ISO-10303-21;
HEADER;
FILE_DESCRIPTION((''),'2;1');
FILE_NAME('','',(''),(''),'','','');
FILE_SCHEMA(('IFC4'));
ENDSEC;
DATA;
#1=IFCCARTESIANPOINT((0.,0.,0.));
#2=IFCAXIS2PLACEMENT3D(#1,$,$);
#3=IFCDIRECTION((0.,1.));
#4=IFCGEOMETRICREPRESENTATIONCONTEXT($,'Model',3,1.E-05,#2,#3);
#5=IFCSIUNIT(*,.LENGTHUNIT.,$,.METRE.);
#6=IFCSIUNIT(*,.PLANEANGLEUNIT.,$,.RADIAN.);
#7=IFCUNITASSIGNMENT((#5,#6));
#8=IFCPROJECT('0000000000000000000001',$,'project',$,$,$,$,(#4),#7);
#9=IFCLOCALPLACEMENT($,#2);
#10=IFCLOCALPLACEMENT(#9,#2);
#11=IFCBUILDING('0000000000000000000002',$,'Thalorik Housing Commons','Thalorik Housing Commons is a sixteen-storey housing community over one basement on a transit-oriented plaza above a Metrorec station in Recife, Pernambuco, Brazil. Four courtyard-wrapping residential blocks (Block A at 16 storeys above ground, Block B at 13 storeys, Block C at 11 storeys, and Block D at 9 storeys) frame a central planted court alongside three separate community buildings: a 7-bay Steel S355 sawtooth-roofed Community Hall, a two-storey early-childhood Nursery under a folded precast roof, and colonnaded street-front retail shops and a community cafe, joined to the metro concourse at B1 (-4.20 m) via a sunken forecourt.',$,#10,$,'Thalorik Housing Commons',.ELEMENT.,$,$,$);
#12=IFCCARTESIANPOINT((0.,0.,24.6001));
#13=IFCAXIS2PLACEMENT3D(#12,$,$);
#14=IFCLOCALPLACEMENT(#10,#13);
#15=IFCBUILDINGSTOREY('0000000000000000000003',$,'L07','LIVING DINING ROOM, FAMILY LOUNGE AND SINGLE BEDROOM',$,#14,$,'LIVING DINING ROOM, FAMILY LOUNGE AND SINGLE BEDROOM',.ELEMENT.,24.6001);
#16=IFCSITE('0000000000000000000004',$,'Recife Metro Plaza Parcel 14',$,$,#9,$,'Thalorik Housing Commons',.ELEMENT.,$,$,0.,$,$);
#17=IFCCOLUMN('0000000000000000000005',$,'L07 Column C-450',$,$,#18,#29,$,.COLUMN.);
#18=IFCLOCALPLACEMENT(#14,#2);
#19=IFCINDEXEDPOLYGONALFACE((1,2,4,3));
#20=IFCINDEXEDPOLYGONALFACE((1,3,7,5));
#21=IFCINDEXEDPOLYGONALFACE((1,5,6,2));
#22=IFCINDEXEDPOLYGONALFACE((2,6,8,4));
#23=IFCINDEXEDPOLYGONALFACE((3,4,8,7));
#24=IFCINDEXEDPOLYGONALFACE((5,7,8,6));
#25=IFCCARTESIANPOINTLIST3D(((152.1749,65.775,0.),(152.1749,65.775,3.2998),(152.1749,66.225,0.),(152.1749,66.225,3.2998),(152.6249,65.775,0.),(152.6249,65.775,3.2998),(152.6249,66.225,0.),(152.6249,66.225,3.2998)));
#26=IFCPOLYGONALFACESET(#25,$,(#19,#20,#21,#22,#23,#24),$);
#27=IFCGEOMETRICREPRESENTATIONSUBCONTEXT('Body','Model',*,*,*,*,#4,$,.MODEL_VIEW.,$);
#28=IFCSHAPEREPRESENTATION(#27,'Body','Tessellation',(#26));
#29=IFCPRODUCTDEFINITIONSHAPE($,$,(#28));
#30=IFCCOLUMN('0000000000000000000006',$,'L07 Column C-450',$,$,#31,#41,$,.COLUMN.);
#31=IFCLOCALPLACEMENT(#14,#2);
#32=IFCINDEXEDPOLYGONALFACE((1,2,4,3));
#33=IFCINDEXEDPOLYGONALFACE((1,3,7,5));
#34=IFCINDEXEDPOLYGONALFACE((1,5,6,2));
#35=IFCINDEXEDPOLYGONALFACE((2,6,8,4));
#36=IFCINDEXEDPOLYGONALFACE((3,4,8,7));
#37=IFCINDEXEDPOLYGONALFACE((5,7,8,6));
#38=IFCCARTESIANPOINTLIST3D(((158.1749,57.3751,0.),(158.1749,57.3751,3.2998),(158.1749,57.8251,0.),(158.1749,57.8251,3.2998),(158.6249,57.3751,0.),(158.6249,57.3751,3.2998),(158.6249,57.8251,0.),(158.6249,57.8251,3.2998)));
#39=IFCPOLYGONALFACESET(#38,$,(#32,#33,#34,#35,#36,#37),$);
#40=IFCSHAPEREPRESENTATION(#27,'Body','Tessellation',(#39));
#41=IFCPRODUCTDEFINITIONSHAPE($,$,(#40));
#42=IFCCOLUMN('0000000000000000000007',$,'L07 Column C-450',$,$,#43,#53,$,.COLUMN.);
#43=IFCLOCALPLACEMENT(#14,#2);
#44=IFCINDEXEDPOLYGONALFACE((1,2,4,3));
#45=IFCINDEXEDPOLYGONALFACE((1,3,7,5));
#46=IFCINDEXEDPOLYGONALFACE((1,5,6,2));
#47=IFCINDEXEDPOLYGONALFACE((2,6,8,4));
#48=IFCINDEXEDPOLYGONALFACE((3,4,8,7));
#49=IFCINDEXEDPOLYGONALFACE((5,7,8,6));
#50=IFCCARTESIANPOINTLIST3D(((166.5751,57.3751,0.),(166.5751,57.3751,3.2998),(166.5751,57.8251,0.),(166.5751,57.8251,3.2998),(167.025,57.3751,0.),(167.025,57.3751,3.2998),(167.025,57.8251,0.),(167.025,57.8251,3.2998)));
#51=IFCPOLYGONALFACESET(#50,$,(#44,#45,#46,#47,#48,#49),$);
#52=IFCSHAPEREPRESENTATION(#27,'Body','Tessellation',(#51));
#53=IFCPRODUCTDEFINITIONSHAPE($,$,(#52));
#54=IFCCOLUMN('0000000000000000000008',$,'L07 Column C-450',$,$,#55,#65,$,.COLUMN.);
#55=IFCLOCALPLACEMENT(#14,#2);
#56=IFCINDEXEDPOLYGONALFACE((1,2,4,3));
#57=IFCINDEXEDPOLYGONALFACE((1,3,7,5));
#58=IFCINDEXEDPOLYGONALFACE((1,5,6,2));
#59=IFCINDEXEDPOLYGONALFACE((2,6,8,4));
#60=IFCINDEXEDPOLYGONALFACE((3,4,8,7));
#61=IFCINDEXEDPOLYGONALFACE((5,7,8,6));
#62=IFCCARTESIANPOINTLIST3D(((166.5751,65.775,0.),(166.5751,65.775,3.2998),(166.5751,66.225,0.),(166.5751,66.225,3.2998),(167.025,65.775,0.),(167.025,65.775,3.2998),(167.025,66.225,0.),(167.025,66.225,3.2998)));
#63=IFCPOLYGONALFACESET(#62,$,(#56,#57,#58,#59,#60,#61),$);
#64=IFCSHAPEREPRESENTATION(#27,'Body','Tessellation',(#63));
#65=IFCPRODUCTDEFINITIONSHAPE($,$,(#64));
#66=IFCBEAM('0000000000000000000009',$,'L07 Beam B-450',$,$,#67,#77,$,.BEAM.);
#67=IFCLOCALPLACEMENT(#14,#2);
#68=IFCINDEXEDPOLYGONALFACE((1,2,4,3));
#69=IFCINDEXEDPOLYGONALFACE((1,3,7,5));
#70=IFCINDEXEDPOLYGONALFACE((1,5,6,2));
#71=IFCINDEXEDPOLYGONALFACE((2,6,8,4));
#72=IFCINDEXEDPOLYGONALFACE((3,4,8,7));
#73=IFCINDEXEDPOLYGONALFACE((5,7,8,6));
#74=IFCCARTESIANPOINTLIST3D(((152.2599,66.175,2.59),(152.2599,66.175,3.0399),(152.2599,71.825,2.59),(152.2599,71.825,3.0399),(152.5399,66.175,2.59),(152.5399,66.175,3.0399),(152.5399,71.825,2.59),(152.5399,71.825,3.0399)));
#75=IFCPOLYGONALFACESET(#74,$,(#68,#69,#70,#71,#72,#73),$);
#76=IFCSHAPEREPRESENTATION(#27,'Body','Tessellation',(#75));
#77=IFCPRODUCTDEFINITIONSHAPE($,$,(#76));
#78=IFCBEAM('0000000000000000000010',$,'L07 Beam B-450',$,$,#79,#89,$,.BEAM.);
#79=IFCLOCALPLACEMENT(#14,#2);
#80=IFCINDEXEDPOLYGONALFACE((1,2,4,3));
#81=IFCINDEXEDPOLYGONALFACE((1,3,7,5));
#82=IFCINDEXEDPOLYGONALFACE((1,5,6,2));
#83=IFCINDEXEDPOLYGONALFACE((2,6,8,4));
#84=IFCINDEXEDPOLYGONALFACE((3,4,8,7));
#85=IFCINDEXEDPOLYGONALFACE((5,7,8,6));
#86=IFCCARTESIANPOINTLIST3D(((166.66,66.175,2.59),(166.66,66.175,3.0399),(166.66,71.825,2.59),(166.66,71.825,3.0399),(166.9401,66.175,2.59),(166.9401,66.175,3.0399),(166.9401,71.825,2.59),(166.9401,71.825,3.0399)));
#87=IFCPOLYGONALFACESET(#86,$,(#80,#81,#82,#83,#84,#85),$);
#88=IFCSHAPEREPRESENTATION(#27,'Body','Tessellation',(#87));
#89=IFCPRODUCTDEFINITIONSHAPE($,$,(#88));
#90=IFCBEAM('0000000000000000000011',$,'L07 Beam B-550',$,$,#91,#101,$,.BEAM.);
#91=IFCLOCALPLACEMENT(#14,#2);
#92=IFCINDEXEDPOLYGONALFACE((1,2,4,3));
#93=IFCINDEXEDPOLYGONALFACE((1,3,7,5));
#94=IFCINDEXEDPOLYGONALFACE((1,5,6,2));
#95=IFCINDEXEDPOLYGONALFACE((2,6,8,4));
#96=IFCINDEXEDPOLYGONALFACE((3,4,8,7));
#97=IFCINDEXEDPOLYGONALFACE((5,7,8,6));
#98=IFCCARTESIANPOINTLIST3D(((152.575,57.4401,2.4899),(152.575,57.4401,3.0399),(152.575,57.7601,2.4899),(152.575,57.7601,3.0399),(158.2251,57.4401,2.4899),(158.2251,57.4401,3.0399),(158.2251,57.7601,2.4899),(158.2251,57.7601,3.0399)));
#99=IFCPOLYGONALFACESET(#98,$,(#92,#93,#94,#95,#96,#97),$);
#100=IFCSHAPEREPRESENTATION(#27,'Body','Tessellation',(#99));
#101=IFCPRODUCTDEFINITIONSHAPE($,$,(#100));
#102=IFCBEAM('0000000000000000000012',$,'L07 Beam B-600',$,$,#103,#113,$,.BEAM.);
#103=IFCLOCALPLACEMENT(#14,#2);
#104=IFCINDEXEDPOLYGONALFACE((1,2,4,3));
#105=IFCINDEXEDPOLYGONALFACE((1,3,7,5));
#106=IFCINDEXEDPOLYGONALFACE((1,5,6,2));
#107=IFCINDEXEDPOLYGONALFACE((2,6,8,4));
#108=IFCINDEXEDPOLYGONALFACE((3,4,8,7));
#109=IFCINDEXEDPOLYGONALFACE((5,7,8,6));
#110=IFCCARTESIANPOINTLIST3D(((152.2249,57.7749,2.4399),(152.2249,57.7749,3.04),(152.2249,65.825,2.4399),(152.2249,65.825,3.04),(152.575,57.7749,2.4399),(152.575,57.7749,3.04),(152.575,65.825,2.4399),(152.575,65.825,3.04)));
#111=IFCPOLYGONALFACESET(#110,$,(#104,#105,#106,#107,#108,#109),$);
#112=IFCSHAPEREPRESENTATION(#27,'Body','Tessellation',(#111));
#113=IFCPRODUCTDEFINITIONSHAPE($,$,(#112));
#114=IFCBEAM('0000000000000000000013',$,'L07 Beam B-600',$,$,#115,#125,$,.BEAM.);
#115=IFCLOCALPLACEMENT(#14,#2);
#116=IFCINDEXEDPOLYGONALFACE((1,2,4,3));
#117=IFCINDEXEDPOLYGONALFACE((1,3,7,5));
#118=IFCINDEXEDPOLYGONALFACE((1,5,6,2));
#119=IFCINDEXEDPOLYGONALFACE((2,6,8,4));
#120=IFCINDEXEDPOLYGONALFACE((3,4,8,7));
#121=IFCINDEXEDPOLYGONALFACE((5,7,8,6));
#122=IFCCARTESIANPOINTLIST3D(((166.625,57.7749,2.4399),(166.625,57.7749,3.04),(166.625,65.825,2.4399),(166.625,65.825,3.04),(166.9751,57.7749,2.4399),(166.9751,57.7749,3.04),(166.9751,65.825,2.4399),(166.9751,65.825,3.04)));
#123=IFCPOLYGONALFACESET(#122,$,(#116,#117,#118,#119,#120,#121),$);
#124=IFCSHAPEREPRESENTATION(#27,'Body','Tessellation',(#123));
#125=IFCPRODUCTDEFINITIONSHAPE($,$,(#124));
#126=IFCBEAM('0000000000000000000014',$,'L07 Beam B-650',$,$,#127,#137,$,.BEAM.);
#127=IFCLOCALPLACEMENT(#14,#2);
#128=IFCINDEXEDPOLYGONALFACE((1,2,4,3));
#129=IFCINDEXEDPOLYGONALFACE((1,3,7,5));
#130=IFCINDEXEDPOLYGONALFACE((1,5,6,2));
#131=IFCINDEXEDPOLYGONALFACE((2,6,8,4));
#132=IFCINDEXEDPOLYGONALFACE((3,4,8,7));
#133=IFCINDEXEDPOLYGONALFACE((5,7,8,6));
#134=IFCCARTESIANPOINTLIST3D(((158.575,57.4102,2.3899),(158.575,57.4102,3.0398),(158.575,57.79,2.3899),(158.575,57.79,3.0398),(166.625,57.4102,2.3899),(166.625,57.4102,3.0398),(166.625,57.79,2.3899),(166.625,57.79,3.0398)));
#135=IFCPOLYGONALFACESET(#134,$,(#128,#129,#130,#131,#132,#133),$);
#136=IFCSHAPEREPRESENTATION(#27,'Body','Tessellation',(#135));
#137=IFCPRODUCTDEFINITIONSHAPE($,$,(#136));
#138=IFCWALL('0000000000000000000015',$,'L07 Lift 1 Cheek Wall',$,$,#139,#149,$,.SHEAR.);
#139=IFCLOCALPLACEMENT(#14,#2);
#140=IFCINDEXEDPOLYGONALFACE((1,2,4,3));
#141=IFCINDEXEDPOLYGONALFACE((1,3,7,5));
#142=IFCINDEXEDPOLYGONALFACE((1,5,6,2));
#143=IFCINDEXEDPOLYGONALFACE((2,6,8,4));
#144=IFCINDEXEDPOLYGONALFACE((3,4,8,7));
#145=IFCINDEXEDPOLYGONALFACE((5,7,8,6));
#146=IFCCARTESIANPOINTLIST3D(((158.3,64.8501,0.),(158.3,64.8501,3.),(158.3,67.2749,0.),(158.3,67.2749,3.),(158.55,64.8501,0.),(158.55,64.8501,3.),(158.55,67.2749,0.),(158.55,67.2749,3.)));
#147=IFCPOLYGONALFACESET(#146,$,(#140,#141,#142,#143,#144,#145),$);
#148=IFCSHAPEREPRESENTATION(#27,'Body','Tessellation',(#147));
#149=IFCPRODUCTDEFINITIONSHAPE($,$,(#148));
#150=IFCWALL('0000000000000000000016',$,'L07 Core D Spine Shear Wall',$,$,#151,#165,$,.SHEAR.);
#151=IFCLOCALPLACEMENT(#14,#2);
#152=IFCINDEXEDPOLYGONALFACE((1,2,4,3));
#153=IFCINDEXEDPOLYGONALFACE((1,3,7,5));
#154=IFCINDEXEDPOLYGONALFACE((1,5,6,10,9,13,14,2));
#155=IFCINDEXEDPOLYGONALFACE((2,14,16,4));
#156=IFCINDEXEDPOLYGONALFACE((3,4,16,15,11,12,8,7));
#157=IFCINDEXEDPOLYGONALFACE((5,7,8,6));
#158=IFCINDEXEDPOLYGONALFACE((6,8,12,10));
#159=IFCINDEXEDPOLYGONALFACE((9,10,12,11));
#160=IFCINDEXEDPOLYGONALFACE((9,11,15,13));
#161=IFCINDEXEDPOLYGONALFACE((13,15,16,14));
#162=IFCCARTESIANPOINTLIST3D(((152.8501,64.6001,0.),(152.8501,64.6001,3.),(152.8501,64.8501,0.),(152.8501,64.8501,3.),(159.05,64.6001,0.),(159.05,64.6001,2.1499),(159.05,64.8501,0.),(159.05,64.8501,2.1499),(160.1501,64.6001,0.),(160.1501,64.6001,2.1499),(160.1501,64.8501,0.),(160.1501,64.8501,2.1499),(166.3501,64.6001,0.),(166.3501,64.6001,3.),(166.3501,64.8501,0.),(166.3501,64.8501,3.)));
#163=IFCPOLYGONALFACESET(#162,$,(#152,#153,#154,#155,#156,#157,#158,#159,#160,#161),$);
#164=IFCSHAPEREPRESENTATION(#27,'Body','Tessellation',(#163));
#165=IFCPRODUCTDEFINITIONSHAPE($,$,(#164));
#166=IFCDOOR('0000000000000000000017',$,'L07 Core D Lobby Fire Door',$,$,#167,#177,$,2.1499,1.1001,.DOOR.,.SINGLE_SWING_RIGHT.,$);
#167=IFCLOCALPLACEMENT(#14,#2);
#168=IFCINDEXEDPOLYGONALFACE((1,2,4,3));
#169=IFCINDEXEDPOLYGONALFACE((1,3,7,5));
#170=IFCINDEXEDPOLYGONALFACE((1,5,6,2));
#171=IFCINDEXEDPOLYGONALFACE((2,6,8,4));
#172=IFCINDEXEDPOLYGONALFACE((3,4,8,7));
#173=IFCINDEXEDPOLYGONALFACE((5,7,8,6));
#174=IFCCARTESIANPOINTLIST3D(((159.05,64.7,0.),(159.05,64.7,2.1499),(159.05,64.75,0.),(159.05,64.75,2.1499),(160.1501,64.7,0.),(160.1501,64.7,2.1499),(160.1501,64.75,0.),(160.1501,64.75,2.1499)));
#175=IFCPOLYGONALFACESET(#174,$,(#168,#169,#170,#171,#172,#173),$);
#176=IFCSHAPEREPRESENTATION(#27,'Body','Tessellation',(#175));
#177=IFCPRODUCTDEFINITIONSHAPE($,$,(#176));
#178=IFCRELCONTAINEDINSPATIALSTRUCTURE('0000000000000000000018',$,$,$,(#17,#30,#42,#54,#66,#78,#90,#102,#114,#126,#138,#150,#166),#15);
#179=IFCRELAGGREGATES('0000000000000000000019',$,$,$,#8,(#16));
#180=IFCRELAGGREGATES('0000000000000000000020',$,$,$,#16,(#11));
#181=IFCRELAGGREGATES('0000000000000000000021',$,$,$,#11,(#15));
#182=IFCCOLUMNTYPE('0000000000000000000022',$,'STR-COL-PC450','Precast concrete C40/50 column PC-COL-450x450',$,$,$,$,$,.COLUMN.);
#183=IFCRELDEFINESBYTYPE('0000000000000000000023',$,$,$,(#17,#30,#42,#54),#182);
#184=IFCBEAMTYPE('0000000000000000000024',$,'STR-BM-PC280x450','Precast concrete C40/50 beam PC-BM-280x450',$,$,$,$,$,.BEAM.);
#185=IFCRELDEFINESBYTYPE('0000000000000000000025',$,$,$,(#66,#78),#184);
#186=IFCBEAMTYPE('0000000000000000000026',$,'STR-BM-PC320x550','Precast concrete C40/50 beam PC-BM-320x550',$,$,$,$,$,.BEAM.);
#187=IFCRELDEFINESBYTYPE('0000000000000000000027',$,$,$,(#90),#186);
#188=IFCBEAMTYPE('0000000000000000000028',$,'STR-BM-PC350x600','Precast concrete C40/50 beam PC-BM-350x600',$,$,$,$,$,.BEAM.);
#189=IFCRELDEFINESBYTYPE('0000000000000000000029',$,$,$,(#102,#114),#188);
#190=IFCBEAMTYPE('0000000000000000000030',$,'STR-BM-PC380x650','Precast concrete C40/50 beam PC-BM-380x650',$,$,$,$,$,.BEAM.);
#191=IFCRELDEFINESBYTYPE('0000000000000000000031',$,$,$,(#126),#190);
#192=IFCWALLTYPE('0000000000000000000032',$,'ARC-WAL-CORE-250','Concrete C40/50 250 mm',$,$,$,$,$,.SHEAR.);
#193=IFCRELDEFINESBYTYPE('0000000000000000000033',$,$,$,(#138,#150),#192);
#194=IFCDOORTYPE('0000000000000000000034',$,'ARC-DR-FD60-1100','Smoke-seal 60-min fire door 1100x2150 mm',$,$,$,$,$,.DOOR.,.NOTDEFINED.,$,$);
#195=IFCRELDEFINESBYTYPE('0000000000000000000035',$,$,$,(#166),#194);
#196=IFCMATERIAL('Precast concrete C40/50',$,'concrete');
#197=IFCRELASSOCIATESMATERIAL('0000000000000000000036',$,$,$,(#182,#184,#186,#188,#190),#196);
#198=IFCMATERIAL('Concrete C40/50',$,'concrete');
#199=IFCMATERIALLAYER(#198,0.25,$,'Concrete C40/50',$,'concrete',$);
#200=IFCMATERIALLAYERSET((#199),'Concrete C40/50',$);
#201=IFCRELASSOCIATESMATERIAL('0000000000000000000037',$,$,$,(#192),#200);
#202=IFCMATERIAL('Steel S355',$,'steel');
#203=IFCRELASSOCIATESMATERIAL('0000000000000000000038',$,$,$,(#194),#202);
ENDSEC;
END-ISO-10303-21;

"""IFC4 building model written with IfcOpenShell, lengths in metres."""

from ifc_helpers import new_model, si_unit, direction, frame, frame_2d, origin, origin_2d, place, context, subcontext, project, spatial, rectangle, extrude, material, layer, layer_set, material_profile, profile_set, type_object, element, fill, save


model = new_model("IFC4")

# Units and contexts
model_context = context("Model", 3, precision=1e-05, world=origin(), true_north=direction((0.0, 1.0)))
body_context = subcontext(model_context, "Body", "Model", "MODEL_VIEW")
ifc_project = project(units=[si_unit("LENGTHUNIT", "METRE"), si_unit("PLANEANGLEUNIT", "RADIAN")], contexts=[model_context])

# Site, building, storey
site_placement = place(None, origin())
site = spatial("IfcSite", under=ifc_project, at=site_placement, Name="Recife Metro Plaza Parcel 14", LongName="Thalorik Housing Commons", CompositionType="ELEMENT", RefElevation=0.0)
building_placement = place(site_placement, origin())
building = spatial("IfcBuilding", under=site, at=building_placement, Name="Thalorik Housing Commons", Description="Thalorik Housing Commons is a sixteen-storey housing community over one basement on a transit-oriented plaza above a Metrorec station in Recife, Pernambuco, Brazil. Four courtyard-wrapping residential blocks (Block A at 16 storeys above ground, Block B at 13 storeys, Block C at 11 storeys, and Block D at 9 storeys) frame a central planted court alongside three separate community buildings: a 7-bay Steel S355 sawtooth-roofed Community Hall, a two-storey early-childhood Nursery under a folded precast roof, and colonnaded street-front retail shops and a community cafe, joined to the metro concourse at B1 (-4.20 m) via a sunken forecourt.", LongName="Thalorik Housing Commons", CompositionType="ELEMENT")
storey_placement = place(building_placement, frame((0.0, 0.0, 24.6001)))
storey = spatial("IfcBuildingStorey", under=building, at=storey_placement, Name="L07", Description="LIVING DINING ROOM, FAMILY LOUNGE AND SINGLE BEDROOM", LongName="LIVING DINING ROOM, FAMILY LOUNGE AND SINGLE BEDROOM", CompositionType="ELEMENT", Elevation=24.6001)

# Columns
ifc_material_1 = material(Name="Precast concrete C40/50", Category="concrete")
ifc_material_profile_1 = material_profile(ifc_material_1, rectangle(XDim=0.45, YDim=0.45, at=origin_2d()), Name="PC 450x450", Category="concrete")
ifc_profile_set_1 = profile_set([ifc_material_profile_1], Name="Precast concrete C40/50")
column_type = type_object("IfcColumnType", Name="STR-COL-PC450", Description="Precast concrete C40/50 column PC-COL-450x450", PredefinedType="COLUMN", material=ifc_profile_set_1)
for number, where, z_axis, x_axis, name in (
    (1, (152.3999, 66.0, 0.0), (0.0, 0.0, 1.0), (1.0, 0.0, 0.0), "L07 Column C-450"),
    (2, (158.3999, 57.6001, 0.0), (0.0, 0.0, 1.0), (1.0, 0.0, 0.0), "L07 Column C-450"),
    (3, (166.8, 57.6001, 0.0), (0.0, 0.0, 1.0), (1.0, 0.0, 0.0), "L07 Column C-450"),
    (4, (166.8, 66.0, 0.0), (0.0, 0.0, 1.0), (1.0, 0.0, 0.0), "L07 Column C-450"),
):
    element("IfcColumn", number, at=place(storey_placement, frame(where, z_axis=z_axis, x_axis=x_axis)), inside=storey, type_object=column_type, Name=name, PredefinedType="COLUMN", context=body_context, shape_type="SweptSolid", body=[
        extrude(rectangle(XDim=0.45, YDim=0.45, at=origin_2d()), origin(), (0.0, 0.0, 1.0), 3.2998),
    ])

# Beams
ifc_material_profile_2 = material_profile(ifc_material_1, rectangle(XDim=0.28, YDim=0.45, at=origin_2d()), Name="PC 280x450", Category="concrete")
ifc_profile_set_2 = profile_set([ifc_material_profile_2], Name="Precast concrete C40/50")
beam_type_1 = type_object("IfcBeamType", Name="STR-BM-PC280x450", Description="Precast concrete C40/50 beam PC-BM-280x450", PredefinedType="BEAM", material=ifc_profile_set_2)
for number, where, z_axis, x_axis, name in (
    (5, (152.3999, 66.175, 2.8149), (0.0, 1.0, 0.0), (-1.0, 0.0, 0.0), "L07 Beam B-450"),
    (6, (166.8, 66.175, 2.8149), (0.0, 1.0, 0.0), (-1.0, 0.0, 0.0), "L07 Beam B-450"),
):
    element("IfcBeam", number, at=place(storey_placement, frame(where, z_axis=z_axis, x_axis=x_axis)), inside=storey, type_object=beam_type_1, Name=name, PredefinedType="BEAM", context=body_context, shape_type="SweptSolid", body=[
        extrude(rectangle(XDim=0.28, YDim=0.45, at=origin_2d()), origin(), (0.0, 0.0, 1.0), 5.6499),
    ])
ifc_material_profile_3 = material_profile(ifc_material_1, rectangle(XDim=0.3201, YDim=0.55, at=origin_2d()), Name="PC 320x550", Category="concrete")
ifc_profile_set_3 = profile_set([ifc_material_profile_3], Name="Precast concrete C40/50")
beam_type_2 = type_object("IfcBeamType", Name="STR-BM-PC320x550", Description="Precast concrete C40/50 beam PC-BM-320x550", PredefinedType="BEAM", material=ifc_profile_set_3)
beam_1_placement = place(storey_placement, frame((152.575, 57.6001, 2.7649), z_axis=(1.0, 0.0, 0.0), x_axis=(0.0, 1.0, 0.0)))
element("IfcBeam", 7, at=beam_1_placement, inside=storey, type_object=beam_type_2, Name="L07 Beam B-550", PredefinedType="BEAM", context=body_context, shape_type="SweptSolid", body=[
    extrude(rectangle(XDim=0.3201, YDim=0.55, at=origin_2d()), origin(), (0.0, 0.0, 1.0), 5.6501),
])
ifc_material_profile_4 = material_profile(ifc_material_1, rectangle(XDim=0.3501, YDim=0.6001, at=origin_2d()), Name="PC 350x600", Category="concrete")
ifc_profile_set_4 = profile_set([ifc_material_profile_4], Name="Precast concrete C40/50")
beam_type_3 = type_object("IfcBeamType", Name="STR-BM-PC350x600", Description="Precast concrete C40/50 beam PC-BM-350x600", PredefinedType="BEAM", material=ifc_profile_set_4)
for number, where, z_axis, x_axis, name in (
    (8, (152.3999, 57.7749, 2.74), (0.0, 1.0, 0.0), (-1.0, 0.0, 0.0), "L07 Beam B-600"),
    (9, (166.8, 57.7749, 2.74), (0.0, 1.0, 0.0), (-1.0, 0.0, 0.0), "L07 Beam B-600"),
):
    element("IfcBeam", number, at=place(storey_placement, frame(where, z_axis=z_axis, x_axis=x_axis)), inside=storey, type_object=beam_type_3, Name=name, PredefinedType="BEAM", context=body_context, shape_type="SweptSolid", body=[
        extrude(rectangle(XDim=0.3501, YDim=0.6001, at=origin_2d()), origin(), (0.0, 0.0, 1.0), 8.05),
    ])
ifc_material_profile_5 = material_profile(ifc_material_1, rectangle(XDim=0.3799, YDim=0.6499, at=origin_2d()), Name="PC 380x650", Category="concrete")
ifc_profile_set_5 = profile_set([ifc_material_profile_5], Name="Precast concrete C40/50")
beam_type_4 = type_object("IfcBeamType", Name="STR-BM-PC380x650", Description="Precast concrete C40/50 beam PC-BM-380x650", PredefinedType="BEAM", material=ifc_profile_set_5)
beam_2_placement = place(storey_placement, frame((158.575, 57.6001, 2.7148), z_axis=(1.0, 0.0, 0.0), x_axis=(0.0, 1.0, 0.0)))
element("IfcBeam", 10, at=beam_2_placement, inside=storey, type_object=beam_type_4, Name="L07 Beam B-650", PredefinedType="BEAM", context=body_context, shape_type="SweptSolid", body=[
    extrude(rectangle(XDim=0.3799, YDim=0.6499, at=origin_2d()), origin(), (0.0, 0.0, 1.0), 8.05),
])

# Wall
ifc_material_2 = material(Name="Concrete C40/50", Category="concrete")
ifc_layer_1 = layer(ifc_material_2, 0.25, Name="Concrete C40/50", Category="concrete")
ifc_layer_set_1 = layer_set([ifc_layer_1], Name="Concrete C40/50")
wall_type_1 = type_object("IfcWallType", Name="ARC-WAL-CORE-250", Description="Concrete C40/50 250 mm", PredefinedType="SHEAR", material=ifc_layer_set_1)
wall_1_placement = place(storey_placement, frame((158.425, 67.2749, 0.0), z_axis=(0.0, 0.0, 1.0), x_axis=(0.0, -1.0, 0.0)))
element("IfcWall", 11, at=wall_1_placement, inside=storey, type_object=wall_type_1, Name="L07 Lift 1 Cheek Wall", PredefinedType="SHEAR", context=body_context, shape_type="SweptSolid", body=[
    extrude(rectangle(XDim=2.4248, YDim=0.25, at=frame_2d((1.2124, 0.0))), origin(), (0.0, 0.0, 1.0), 3.0),
])

# Wall, opening, door
wall_2_placement = place(storey_placement, frame((152.8501, 64.7251, 0.0), z_axis=(0.0, 0.0, 1.0), x_axis=(1.0, 0.0, 0.0)))
wall_2 = element("IfcWall", 12, at=wall_2_placement, inside=storey, type_object=wall_type_1, Name="L07 Core D Spine Shear Wall", PredefinedType="SHEAR", context=body_context, shape_type="SweptSolid", body=[
    extrude(rectangle(XDim=13.5, YDim=0.25, at=frame_2d((6.75, 0.0))), origin(), (0.0, 0.0, 1.0), 3.0),
])
opening_1_placement = place(wall_2_placement, frame((6.2, 0.0, 0.0)))
opening_1 = element("IfcOpeningElement", 13, at=opening_1_placement, cuts=wall_2, PredefinedType="OPENING", context=body_context, shape_type="SweptSolid", body=[
    extrude(rectangle(XDim=1.1001, YDim=2.1499, at=frame_2d((0.55, 1.075))), frame((0.0, 0.135, 0.0), z_axis=(0.0, -1.0, 0.0), x_axis=(1.0, 0.0, 0.0)), (0.0, 0.0, 1.0), 0.27),
])
ifc_material_3 = material(Name="Steel S355", Category="steel")
door_type_1 = type_object("IfcDoorType", Name="ARC-DR-FD60-1100", Description="Smoke-seal 60-min fire door 1100x2150 mm", OperationType="NOTDEFINED", PredefinedType="DOOR", material=ifc_material_3)
door_1_placement = place(opening_1_placement, origin())
door_1 = element("IfcDoor", 14, at=door_1_placement, inside=storey, type_object=door_type_1, Name="L07 Core D Lobby Fire Door", OperationType="SINGLE_SWING_RIGHT", OverallHeight=2.1499, OverallWidth=1.1001, PredefinedType="DOOR", context=body_context, shape_type="SweptSolid", body=[
    extrude(rectangle(XDim=1.1001, YDim=2.1499, at=frame_2d((0.55, 1.075))), frame((0.0, 0.0249, 0.0), z_axis=(0.0, -1.0, 0.0), x_axis=(1.0, 0.0, 0.0)), (0.0, 0.0, 1.0), 0.05),
])
fill(opening_1, door_1)

save(model, "model.ifc")
